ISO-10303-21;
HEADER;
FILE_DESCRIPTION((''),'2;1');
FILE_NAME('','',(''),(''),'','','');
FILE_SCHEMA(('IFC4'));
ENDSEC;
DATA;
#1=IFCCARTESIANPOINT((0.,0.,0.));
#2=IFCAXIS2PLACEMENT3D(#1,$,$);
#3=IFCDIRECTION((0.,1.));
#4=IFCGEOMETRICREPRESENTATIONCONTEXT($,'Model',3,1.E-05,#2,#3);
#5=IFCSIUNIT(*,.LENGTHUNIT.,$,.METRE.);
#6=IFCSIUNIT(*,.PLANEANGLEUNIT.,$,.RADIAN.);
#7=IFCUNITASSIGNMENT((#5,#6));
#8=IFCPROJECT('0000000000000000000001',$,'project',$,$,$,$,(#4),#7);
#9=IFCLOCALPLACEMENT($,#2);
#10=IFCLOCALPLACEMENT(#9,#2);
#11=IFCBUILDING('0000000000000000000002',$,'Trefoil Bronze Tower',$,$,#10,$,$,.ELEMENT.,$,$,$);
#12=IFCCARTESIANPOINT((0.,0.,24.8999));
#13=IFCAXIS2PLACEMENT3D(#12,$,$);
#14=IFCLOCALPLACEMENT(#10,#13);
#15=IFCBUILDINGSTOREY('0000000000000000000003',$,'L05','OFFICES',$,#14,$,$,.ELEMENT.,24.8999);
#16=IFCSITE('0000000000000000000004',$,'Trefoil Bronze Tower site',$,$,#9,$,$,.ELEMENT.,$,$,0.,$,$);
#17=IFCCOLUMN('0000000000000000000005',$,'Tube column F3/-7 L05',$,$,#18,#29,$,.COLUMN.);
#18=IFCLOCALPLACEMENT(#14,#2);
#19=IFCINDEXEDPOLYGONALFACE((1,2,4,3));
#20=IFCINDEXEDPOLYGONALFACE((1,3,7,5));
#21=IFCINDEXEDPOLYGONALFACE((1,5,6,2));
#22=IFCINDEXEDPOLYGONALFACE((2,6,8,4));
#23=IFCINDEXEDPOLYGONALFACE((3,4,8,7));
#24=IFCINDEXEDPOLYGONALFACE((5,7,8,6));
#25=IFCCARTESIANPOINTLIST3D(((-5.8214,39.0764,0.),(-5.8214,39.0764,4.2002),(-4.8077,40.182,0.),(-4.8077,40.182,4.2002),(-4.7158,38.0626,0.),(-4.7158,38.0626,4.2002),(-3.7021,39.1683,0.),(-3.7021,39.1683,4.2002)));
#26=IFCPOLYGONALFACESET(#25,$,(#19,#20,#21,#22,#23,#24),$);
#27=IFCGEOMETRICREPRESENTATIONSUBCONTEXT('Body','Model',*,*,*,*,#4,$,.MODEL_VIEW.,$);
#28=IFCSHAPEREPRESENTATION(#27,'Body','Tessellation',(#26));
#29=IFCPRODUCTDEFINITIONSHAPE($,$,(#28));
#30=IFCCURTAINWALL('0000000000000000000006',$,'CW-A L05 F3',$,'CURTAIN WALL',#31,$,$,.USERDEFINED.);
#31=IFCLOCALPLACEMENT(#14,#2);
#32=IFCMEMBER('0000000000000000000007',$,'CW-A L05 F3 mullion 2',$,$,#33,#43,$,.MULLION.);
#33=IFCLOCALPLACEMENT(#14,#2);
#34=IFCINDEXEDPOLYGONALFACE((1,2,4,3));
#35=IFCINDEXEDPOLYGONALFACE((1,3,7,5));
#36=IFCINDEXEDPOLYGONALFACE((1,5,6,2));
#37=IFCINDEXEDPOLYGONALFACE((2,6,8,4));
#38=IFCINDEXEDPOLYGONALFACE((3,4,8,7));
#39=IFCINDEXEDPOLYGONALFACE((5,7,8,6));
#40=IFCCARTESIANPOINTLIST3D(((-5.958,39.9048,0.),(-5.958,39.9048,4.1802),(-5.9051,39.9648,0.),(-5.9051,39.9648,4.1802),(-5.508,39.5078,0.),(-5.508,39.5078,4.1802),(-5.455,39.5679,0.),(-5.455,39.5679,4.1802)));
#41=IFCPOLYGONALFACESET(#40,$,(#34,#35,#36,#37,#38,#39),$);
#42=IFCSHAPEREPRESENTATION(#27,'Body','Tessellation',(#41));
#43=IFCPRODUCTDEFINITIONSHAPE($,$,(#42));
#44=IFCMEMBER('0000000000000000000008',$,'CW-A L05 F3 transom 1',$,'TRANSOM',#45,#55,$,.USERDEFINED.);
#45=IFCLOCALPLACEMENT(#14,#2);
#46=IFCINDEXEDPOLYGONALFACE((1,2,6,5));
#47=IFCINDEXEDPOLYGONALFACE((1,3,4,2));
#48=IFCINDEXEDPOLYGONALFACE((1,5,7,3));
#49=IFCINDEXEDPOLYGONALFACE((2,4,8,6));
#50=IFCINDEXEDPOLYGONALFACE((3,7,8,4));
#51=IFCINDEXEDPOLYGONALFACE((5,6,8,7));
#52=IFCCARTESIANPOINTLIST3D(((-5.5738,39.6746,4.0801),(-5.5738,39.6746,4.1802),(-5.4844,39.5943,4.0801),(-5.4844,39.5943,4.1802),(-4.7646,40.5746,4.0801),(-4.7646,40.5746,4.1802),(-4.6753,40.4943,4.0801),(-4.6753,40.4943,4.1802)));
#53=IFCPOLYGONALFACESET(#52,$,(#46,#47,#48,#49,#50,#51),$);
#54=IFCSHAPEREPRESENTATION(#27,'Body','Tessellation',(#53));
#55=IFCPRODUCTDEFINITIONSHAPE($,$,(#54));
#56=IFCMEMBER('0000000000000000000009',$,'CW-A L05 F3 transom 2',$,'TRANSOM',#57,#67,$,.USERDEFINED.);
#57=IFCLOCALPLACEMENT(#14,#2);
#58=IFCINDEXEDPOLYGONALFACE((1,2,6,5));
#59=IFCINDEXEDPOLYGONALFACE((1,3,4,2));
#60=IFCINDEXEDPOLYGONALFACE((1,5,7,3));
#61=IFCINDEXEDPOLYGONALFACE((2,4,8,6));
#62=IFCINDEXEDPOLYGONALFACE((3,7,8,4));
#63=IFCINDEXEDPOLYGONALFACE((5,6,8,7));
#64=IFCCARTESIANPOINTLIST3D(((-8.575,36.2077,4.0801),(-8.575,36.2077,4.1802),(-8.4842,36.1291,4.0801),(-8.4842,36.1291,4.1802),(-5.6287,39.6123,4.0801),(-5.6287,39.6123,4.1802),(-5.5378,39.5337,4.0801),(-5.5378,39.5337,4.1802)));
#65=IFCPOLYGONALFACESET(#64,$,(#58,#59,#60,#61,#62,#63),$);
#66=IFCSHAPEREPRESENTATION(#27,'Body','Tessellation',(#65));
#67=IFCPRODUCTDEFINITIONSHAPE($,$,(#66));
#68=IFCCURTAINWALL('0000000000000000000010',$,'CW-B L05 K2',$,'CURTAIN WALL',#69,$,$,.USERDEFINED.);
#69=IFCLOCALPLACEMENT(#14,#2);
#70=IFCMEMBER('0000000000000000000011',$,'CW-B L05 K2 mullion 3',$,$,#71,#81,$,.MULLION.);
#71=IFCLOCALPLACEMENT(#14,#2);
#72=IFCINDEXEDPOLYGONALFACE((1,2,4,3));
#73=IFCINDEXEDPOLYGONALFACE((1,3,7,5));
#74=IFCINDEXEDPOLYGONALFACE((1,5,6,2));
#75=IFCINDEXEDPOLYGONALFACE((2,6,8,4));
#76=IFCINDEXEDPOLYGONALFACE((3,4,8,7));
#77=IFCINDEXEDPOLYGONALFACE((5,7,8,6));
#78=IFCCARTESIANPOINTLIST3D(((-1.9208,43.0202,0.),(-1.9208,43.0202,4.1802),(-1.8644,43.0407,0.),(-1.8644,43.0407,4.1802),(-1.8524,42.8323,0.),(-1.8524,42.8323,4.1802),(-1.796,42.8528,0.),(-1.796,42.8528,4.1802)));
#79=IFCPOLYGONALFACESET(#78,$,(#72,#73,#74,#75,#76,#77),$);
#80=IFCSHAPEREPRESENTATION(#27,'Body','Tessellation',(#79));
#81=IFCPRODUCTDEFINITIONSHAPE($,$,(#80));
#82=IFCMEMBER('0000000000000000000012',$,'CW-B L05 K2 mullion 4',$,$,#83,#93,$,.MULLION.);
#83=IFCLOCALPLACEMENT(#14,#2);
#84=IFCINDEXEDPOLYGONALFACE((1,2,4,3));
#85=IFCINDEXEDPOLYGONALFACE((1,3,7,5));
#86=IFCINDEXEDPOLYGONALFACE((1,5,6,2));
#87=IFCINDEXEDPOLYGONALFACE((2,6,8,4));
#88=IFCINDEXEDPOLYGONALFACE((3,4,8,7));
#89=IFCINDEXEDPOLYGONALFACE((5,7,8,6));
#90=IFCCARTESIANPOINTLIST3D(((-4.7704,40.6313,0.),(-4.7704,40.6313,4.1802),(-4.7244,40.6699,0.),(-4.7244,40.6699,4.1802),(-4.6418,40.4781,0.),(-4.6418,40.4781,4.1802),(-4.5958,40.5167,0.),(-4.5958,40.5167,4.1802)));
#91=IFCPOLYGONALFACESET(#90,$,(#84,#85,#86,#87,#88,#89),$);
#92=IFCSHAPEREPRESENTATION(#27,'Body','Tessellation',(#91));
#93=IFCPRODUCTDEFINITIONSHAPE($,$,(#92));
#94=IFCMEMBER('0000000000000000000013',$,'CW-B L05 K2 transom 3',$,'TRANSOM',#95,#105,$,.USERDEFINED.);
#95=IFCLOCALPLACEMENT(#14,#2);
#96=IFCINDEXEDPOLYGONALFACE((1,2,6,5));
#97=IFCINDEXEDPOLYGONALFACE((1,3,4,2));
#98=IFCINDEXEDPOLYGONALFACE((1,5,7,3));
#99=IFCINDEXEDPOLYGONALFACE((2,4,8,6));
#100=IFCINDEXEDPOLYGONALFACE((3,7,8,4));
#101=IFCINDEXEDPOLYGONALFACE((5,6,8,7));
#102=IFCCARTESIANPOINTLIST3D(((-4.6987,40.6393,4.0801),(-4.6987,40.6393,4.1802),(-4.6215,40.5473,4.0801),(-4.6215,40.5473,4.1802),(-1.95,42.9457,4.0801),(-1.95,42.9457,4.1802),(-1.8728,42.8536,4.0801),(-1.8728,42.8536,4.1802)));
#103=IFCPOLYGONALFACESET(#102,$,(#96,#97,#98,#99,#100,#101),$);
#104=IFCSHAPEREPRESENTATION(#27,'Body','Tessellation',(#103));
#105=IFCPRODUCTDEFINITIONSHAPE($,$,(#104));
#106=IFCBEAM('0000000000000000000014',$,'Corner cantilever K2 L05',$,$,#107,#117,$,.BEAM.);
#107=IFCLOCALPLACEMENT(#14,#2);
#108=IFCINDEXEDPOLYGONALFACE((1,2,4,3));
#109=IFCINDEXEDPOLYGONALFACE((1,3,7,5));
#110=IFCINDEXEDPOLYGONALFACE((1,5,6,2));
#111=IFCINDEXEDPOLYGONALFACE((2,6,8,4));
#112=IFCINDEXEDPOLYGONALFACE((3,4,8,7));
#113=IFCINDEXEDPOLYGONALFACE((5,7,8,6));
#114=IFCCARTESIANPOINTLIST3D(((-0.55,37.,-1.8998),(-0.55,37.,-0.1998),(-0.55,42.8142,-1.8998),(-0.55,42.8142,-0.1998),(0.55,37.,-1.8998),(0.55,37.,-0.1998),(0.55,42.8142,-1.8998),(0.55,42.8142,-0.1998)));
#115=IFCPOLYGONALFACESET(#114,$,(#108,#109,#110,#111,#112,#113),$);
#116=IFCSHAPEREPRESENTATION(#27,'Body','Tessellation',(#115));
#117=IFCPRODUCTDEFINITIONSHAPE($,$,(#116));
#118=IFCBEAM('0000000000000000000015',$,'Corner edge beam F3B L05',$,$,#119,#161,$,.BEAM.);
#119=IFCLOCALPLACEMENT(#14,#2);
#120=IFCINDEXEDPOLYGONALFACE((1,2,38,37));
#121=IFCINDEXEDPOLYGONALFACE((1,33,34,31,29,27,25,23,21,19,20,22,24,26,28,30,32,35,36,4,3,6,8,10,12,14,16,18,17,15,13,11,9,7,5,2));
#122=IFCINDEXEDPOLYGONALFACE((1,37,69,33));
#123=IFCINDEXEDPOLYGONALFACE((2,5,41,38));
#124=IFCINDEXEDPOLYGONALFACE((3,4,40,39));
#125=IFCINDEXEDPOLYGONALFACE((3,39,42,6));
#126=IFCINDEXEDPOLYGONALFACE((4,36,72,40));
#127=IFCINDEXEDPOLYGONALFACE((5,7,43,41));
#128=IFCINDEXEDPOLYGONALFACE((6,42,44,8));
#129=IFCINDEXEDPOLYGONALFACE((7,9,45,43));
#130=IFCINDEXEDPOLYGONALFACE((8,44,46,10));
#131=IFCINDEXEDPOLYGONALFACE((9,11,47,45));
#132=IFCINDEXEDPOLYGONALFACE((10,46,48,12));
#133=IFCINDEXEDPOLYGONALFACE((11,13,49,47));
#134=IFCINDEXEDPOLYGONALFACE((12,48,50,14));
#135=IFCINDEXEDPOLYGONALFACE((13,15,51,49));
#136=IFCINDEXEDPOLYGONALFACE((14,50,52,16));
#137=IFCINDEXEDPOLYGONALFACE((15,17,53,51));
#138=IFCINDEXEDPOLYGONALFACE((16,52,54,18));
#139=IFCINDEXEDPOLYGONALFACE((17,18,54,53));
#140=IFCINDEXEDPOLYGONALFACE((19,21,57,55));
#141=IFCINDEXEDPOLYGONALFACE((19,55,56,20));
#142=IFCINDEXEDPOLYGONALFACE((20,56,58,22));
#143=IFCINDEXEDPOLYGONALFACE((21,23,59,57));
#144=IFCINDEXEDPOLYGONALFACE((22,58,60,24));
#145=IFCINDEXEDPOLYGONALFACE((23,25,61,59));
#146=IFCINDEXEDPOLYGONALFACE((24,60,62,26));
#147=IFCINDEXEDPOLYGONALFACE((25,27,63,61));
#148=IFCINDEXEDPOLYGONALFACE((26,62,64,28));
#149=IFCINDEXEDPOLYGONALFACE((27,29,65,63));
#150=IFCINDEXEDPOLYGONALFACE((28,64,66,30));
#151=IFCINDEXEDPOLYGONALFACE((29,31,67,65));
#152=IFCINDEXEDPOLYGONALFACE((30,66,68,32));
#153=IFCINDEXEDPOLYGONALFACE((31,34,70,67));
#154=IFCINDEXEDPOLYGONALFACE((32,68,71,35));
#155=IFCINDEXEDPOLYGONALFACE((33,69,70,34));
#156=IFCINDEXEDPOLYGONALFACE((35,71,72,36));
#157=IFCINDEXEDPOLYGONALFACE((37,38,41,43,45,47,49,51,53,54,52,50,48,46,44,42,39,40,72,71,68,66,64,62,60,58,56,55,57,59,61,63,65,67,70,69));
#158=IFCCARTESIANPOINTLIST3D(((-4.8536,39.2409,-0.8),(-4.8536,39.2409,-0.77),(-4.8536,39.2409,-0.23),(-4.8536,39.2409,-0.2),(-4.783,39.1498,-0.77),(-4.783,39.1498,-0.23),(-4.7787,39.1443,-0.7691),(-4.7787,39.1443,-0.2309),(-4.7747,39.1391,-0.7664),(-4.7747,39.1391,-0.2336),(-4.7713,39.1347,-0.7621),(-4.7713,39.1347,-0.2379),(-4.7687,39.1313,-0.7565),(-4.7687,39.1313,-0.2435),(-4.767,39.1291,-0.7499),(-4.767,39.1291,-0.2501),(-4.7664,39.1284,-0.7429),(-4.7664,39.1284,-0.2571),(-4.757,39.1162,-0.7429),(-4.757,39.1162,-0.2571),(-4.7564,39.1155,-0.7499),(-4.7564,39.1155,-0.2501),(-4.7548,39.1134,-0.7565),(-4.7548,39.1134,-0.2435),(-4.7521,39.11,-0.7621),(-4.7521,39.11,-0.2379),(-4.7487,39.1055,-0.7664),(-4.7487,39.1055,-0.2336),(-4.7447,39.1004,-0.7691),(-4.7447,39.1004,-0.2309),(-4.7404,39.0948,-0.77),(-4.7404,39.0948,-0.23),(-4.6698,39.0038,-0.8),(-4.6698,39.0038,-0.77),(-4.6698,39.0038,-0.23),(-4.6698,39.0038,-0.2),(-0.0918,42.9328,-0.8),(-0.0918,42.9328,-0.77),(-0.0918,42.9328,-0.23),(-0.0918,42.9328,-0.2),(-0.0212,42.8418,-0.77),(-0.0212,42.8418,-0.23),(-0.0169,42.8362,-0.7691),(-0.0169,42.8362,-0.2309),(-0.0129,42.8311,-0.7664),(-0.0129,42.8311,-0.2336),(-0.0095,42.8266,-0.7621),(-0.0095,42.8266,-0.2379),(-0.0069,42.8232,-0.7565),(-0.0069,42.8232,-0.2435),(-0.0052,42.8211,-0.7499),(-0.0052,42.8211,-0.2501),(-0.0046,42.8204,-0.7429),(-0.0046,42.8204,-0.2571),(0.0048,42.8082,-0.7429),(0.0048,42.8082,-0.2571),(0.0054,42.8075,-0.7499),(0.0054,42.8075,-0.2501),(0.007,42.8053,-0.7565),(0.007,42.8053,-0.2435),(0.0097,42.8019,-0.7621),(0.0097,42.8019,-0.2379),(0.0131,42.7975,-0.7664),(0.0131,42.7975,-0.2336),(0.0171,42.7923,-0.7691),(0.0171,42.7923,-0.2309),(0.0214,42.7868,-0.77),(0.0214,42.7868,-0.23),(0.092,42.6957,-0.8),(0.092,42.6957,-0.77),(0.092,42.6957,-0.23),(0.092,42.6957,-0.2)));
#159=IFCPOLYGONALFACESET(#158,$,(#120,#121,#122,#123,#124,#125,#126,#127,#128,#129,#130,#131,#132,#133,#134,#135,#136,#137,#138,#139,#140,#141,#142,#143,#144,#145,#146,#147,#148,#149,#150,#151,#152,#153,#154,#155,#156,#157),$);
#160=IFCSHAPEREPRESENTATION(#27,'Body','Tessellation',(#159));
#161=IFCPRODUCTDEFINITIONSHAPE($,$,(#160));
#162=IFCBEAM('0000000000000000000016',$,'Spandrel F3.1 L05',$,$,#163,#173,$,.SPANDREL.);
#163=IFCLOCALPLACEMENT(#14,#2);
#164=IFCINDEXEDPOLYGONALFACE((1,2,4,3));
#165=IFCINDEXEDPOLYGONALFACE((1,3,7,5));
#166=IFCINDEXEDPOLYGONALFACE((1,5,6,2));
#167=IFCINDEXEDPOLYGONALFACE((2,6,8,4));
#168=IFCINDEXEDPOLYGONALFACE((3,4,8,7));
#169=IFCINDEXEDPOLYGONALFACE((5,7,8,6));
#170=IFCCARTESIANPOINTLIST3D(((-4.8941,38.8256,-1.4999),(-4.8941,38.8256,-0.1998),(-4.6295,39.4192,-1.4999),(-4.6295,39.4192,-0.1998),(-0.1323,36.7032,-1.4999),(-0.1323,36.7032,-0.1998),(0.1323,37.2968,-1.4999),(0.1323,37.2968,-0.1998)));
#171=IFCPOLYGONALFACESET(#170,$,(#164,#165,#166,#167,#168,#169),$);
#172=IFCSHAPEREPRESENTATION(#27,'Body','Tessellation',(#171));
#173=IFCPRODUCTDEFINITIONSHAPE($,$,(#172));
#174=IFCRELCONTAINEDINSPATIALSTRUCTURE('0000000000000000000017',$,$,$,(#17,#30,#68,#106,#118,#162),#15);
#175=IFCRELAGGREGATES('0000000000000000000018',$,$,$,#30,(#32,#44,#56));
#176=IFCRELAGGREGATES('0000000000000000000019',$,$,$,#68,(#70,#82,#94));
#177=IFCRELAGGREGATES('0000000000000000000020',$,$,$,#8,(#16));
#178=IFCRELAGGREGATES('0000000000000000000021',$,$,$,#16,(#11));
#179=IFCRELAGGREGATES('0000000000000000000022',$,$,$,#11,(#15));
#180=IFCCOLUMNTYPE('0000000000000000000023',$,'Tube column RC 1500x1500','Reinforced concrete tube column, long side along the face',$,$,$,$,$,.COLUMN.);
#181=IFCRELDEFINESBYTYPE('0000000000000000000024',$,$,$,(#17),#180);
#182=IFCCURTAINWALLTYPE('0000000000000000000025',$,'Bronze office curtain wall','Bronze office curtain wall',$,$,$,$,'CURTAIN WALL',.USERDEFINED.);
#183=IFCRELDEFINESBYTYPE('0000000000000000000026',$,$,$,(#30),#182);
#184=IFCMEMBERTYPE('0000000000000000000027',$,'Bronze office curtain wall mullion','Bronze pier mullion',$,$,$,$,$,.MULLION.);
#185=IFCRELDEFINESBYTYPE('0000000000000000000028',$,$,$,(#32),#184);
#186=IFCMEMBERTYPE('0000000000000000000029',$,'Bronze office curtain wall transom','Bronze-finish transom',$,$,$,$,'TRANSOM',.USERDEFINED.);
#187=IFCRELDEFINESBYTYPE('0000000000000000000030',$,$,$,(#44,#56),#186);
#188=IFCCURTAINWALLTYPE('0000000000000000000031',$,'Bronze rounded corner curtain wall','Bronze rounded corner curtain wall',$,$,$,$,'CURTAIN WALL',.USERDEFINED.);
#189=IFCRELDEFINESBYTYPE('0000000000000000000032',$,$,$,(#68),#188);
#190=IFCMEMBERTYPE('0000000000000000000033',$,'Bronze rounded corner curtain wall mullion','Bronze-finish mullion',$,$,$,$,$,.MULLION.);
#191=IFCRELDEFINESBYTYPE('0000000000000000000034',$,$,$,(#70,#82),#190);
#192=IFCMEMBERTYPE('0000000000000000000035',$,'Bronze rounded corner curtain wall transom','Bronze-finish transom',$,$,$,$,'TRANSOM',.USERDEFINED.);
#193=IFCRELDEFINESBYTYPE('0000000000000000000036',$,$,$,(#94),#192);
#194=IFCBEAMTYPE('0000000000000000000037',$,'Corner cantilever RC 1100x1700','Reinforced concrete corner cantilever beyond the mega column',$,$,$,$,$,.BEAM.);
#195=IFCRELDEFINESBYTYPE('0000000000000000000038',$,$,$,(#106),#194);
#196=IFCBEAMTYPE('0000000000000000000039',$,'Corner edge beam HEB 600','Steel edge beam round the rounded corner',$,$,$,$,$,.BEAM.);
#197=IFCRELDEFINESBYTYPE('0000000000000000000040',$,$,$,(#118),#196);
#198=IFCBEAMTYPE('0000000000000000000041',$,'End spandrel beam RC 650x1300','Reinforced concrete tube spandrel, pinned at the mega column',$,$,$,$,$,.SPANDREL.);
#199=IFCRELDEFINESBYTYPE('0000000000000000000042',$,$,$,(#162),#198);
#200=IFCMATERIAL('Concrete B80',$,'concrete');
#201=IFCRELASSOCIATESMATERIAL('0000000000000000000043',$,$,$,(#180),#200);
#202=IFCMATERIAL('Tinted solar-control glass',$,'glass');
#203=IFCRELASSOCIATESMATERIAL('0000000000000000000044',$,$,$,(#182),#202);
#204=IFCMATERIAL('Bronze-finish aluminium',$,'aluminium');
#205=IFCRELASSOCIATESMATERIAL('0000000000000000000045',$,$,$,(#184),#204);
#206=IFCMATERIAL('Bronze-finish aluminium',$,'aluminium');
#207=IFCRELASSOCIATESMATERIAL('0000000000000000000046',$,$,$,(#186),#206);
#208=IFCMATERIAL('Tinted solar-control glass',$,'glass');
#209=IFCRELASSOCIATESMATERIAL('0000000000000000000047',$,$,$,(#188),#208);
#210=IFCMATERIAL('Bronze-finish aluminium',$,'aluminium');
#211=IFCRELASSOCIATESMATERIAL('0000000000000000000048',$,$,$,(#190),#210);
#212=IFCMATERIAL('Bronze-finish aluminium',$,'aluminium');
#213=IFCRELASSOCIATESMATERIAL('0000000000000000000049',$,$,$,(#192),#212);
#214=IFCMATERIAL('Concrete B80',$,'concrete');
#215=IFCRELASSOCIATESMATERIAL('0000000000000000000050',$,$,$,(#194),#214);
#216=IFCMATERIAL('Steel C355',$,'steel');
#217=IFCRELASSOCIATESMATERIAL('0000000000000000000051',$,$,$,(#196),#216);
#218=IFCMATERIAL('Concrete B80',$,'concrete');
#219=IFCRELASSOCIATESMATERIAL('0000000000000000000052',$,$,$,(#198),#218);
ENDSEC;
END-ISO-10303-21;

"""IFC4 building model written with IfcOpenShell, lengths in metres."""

from ifc_helpers import new_model, si_unit, direction, frame, origin, origin_2d, place, context, subcontext, project, spatial, rectangle, i_section, extrude, material, material_profile, profile_set, type_object, element, aggregate, save


model = new_model("IFC4")

# Units and contexts
model_context = context("Model", 3, precision=1e-05, world=origin(), true_north=direction((0.0, 1.0)))
body_context = subcontext(model_context, "Body", "Model", "MODEL_VIEW")
ifc_project = project(units=[si_unit("LENGTHUNIT", "METRE"), si_unit("PLANEANGLEUNIT", "RADIAN")], contexts=[model_context])

# Site, building, storey
site_placement = place(None, origin())
site = spatial("IfcSite", under=ifc_project, at=site_placement, Name="Trefoil Bronze Tower site", CompositionType="ELEMENT", RefElevation=0.0)
building_placement = place(site_placement, origin())
building = spatial("IfcBuilding", under=site, at=building_placement, Name="Trefoil Bronze Tower", CompositionType="ELEMENT")
storey_placement = place(building_placement, frame((0.0, 0.0, 24.8999)))
storey = spatial("IfcBuildingStorey", under=building, at=storey_placement, Name="L05", Description="OFFICES", CompositionType="ELEMENT", Elevation=24.8999)

# Column
ifc_material_1 = material(Name="Concrete B80", Category="concrete")
ifc_material_profile_1 = material_profile(ifc_material_1, rectangle(XDim=1.5, YDim=1.5, at=origin_2d()), Name="RC 1500x1500")
ifc_profile_set_1 = profile_set([ifc_material_profile_1], Name="Concrete B80")
column_type = type_object("IfcColumnType", Name="Tube column RC 1500x1500", Description="Reinforced concrete tube column, long side along the face", PredefinedType="COLUMN", material=ifc_profile_set_1)
column_placement = place(storey_placement, frame((-4.7617, 39.1223, 0.0), z_axis=(0.0, 0.0, 1.0), x_axis=(-0.675816, -0.73707, 0.0)))
element("IfcColumn", 1, at=column_placement, inside=storey, type_object=column_type, Name="Tube column F3/-7 L05", PredefinedType="COLUMN", context=body_context, shape_type="SweptSolid", body=[
    extrude(rectangle(XDim=1.5, YDim=1.5, at=origin_2d()), origin(), (0.0, 0.0, 1.0), 4.2002),
])

# Curtain walls, members
ifc_material_2 = material(Name="Tinted solar-control glass", Category="glass")
curtain_wall_type_1 = type_object("IfcCurtainWallType", Name="Bronze office curtain wall", Description="Bronze office curtain wall", ElementType="CURTAIN WALL", PredefinedType="USERDEFINED", material=ifc_material_2)
curtain_wall_1_placement = place(storey_placement, origin())
curtain_wall_1 = element("IfcCurtainWall", 2, at=curtain_wall_1_placement, inside=storey, type_object=curtain_wall_type_1, Name="CW-A L05 F3", ObjectType="CURTAIN WALL", PredefinedType="USERDEFINED")
ifc_material_3 = material(Name="Bronze-finish aluminium", Category="aluminium")
ifc_material_profile_2 = material_profile(ifc_material_3, rectangle(XDim=0.6001, YDim=0.0801, at=origin_2d()), Name="CW-A mullion")
ifc_profile_set_2 = profile_set([ifc_material_profile_2], Name="Bronze-finish aluminium")
member_type_1 = type_object("IfcMemberType", Name="Bronze office curtain wall mullion", Description="Bronze pier mullion", PredefinedType="MULLION", material=ifc_profile_set_2)
member_1_placement = place(storey_placement, frame((-5.7065, 39.7363, 0.0), z_axis=(0.0, 0.0, 1.0), x_axis=(0.749941, -0.661505, 0.0)))
member_1 = element("IfcMember", 3, at=member_1_placement, type_object=member_type_1, Name="CW-A L05 F3 mullion 2", PredefinedType="MULLION", context=body_context, shape_type="SweptSolid", body=[
    extrude(rectangle(XDim=0.6001, YDim=0.0801, at=origin_2d()), origin(), (0.0, 0.0, 1.0), 4.1802),
])
ifc_material_4 = material(Name="Bronze-finish aluminium", Category="aluminium")
ifc_material_profile_3 = material_profile(ifc_material_4, rectangle(XDim=0.1201, YDim=0.1001, at=origin_2d()), Name="CW-A transom")
ifc_profile_set_3 = profile_set([ifc_material_profile_3], Name="Bronze-finish aluminium")
member_type_2 = type_object("IfcMemberType", Name="Bronze office curtain wall transom", Description="Bronze-finish transom", ElementType="TRANSOM", PredefinedType="USERDEFINED", material=ifc_profile_set_3)
member_2_placement = place(storey_placement, frame((-4.72, 40.5344, 4.1301), z_axis=(-0.668586, -0.743635, 0.0), x_axis=(0.743635, -0.668586, 0.0)))
member_2 = element("IfcMember", 4, at=member_2_placement, type_object=member_type_2, Name="CW-A L05 F3 transom 1", ObjectType="TRANSOM", PredefinedType="USERDEFINED", context=body_context, shape_type="SweptSolid", body=[
    extrude(rectangle(XDim=0.1201, YDim=0.1001, at=origin_2d()), origin(), (0.0, 0.0, 1.0), 1.2102),
])
member_3_placement = place(storey_placement, frame((-5.5833, 39.573, 4.1301), z_axis=(-0.654383, -0.756163, 0.0), x_axis=(0.756163, -0.654383, 0.0)))
member_3 = element("IfcMember", 5, at=member_3_placement, type_object=member_type_2, Name="CW-A L05 F3 transom 2", ObjectType="TRANSOM", PredefinedType="USERDEFINED", context=body_context, shape_type="SweptSolid", body=[
    extrude(rectangle(XDim=0.1201, YDim=0.1001, at=origin_2d()), origin(), (0.0, 0.0, 1.0), 4.5024),
])
ifc_material_5 = material(Name="Tinted solar-control glass", Category="glass")
curtain_wall_type_2 = type_object("IfcCurtainWallType", Name="Bronze rounded corner curtain wall", Description="Bronze rounded corner curtain wall", ElementType="CURTAIN WALL", PredefinedType="USERDEFINED", material=ifc_material_5)
curtain_wall_2_placement = place(storey_placement, origin())
curtain_wall_2 = element("IfcCurtainWall", 6, at=curtain_wall_2_placement, inside=storey, type_object=curtain_wall_type_2, Name="CW-B L05 K2", ObjectType="CURTAIN WALL", PredefinedType="USERDEFINED")
ifc_material_6 = material(Name="Bronze-finish aluminium", Category="aluminium")
ifc_material_profile_4 = material_profile(ifc_material_6, rectangle(XDim=0.2, YDim=0.0601, at=origin_2d()), Name="CW-B mullion")
ifc_profile_set_4 = profile_set([ifc_material_profile_4], Name="Bronze-finish aluminium")
member_type_3 = type_object("IfcMemberType", Name="Bronze rounded corner curtain wall mullion", Description="Bronze-finish mullion", PredefinedType="MULLION", material=ifc_profile_set_4)
member_4_placement = place(storey_placement, frame((-1.8584, 42.9365, 0.0), z_axis=(0.0, 0.0, 1.0), x_axis=(0.34202, -0.939693, 0.0)))
member_4 = element("IfcMember", 7, at=member_4_placement, type_object=member_type_3, Name="CW-B L05 K2 mullion 3", PredefinedType="MULLION", context=body_context, shape_type="SweptSolid", body=[
    extrude(rectangle(XDim=0.2, YDim=0.0601, at=origin_2d()), origin(), (0.0, 0.0, 1.0), 4.1802),
])
member_5_placement = place(storey_placement, frame((-4.6831, 40.574, 0.0), z_axis=(0.0, 0.0, 1.0), x_axis=(0.642788, -0.766044, 0.0)))
member_5 = element("IfcMember", 8, at=member_5_placement, type_object=member_type_3, Name="CW-B L05 K2 mullion 4", PredefinedType="MULLION", context=body_context, shape_type="SweptSolid", body=[
    extrude(rectangle(XDim=0.2, YDim=0.0601, at=origin_2d()), origin(), (0.0, 0.0, 1.0), 4.1802),
])
ifc_material_7 = material(Name="Bronze-finish aluminium", Category="aluminium")
ifc_material_profile_5 = material_profile(ifc_material_7, rectangle(XDim=0.1201, YDim=0.1001, at=origin_2d()), Name="CW-B transom")
ifc_profile_set_5 = profile_set([ifc_material_profile_5], Name="Bronze-finish aluminium")
member_type_4 = type_object("IfcMemberType", Name="Bronze rounded corner curtain wall transom", Description="Bronze-finish transom", ElementType="TRANSOM", PredefinedType="USERDEFINED", material=ifc_profile_set_5)
member_6_placement = place(storey_placement, frame((-1.9114, 42.8997, 4.1301), z_axis=(-0.766059, -0.642771, 0.0), x_axis=(0.642771, -0.766059, 0.0)))
member_6 = element("IfcMember", 9, at=member_6_placement, type_object=member_type_4, Name="CW-B L05 K2 transom 3", ObjectType="TRANSOM", PredefinedType="USERDEFINED", context=body_context, shape_type="SweptSolid", body=[
    extrude(rectangle(XDim=0.1201, YDim=0.1001, at=origin_2d()), origin(), (0.0, 0.0, 1.0), 3.5881),
])

# Beams
ifc_material_8 = material(Name="Concrete B80", Category="concrete")
ifc_material_profile_6 = material_profile(ifc_material_8, rectangle(XDim=1.1001, YDim=1.7, at=origin_2d()), Name="RC 1100x1700")
ifc_profile_set_6 = profile_set([ifc_material_profile_6], Name="Concrete B80")
beam_type_1 = type_object("IfcBeamType", Name="Corner cantilever RC 1100x1700", Description="Reinforced concrete corner cantilever beyond the mega column", PredefinedType="BEAM", material=ifc_profile_set_6)
beam_1_placement = place(storey_placement, frame((0.0, 37.0, -1.0498), z_axis=(0.0, 1.0, 0.0), x_axis=(-1.0, 0.0, 0.0)))
element("IfcBeam", 10, at=beam_1_placement, inside=storey, type_object=beam_type_1, Name="Corner cantilever K2 L05", PredefinedType="BEAM", context=body_context, shape_type="SweptSolid", body=[
    extrude(rectangle(XDim=1.1001, YDim=1.7, at=origin_2d()), origin(), (0.0, 0.0, 1.0), 5.8142),
])
ifc_material_9 = material(Name="Steel C355", Category="steel")
ifc_material_profile_7 = material_profile(ifc_material_9, i_section(OverallWidth=0.3, OverallDepth=0.6001, WebThickness=0.0154, FlangeThickness=0.03, FilletRadius=0.0271, at=origin_2d()), Name="HEB 600")
ifc_profile_set_7 = profile_set([ifc_material_profile_7], Name="Steel C355")
beam_type_2 = type_object("IfcBeamType", Name="Corner edge beam HEB 600", Description="Steel edge beam round the rounded corner", PredefinedType="BEAM", material=ifc_profile_set_7)
beam_2_placement = place(storey_placement, frame((-4.7617, 39.1223, -0.5), z_axis=(0.790289, 0.612734, 0.0), x_axis=(-0.612734, 0.790289, 0.0)))
element("IfcBeam", 11, at=beam_2_placement, inside=storey, type_object=beam_type_2, Name="Corner edge beam F3B L05", PredefinedType="BEAM", context=body_context, shape_type="SweptSolid", body=[
    extrude(i_section(OverallWidth=0.3, OverallDepth=0.6001, WebThickness=0.0154, FlangeThickness=0.03, FilletRadius=0.0271, at=origin_2d()), origin(), (0.0, 0.0, 1.0), 6.0254),
])
ifc_material_10 = material(Name="Concrete B80", Category="concrete")
ifc_material_profile_8 = material_profile(ifc_material_10, rectangle(XDim=0.6499, YDim=1.3, at=origin_2d()), Name="RC 650x1300")
ifc_profile_set_8 = profile_set([ifc_material_profile_8], Name="Concrete B80")
beam_type_3 = type_object("IfcBeamType", Name="End spandrel beam RC 650x1300", Description="Reinforced concrete tube spandrel, pinned at the mega column", PredefinedType="SPANDREL", material=ifc_profile_set_8)
beam_3_placement = place(storey_placement, frame((0.0, 37.0, -0.8499), z_axis=(-0.913384, 0.407099, 0.0), x_axis=(-0.407099, -0.913384, 0.0)))
element("IfcBeam", 12, at=beam_3_placement, inside=storey, type_object=beam_type_3, Name="Spandrel F3.1 L05", PredefinedType="SPANDREL", context=body_context, shape_type="SweptSolid", body=[
    extrude(rectangle(XDim=0.6499, YDim=1.3, at=origin_2d()), origin(), (0.0, 0.0, 1.0), 5.2134),
])

aggregate(curtain_wall_1, [member_1, member_2, member_3])
aggregate(curtain_wall_2, [member_4, member_5, member_6])

save(model, "model.ifc")
